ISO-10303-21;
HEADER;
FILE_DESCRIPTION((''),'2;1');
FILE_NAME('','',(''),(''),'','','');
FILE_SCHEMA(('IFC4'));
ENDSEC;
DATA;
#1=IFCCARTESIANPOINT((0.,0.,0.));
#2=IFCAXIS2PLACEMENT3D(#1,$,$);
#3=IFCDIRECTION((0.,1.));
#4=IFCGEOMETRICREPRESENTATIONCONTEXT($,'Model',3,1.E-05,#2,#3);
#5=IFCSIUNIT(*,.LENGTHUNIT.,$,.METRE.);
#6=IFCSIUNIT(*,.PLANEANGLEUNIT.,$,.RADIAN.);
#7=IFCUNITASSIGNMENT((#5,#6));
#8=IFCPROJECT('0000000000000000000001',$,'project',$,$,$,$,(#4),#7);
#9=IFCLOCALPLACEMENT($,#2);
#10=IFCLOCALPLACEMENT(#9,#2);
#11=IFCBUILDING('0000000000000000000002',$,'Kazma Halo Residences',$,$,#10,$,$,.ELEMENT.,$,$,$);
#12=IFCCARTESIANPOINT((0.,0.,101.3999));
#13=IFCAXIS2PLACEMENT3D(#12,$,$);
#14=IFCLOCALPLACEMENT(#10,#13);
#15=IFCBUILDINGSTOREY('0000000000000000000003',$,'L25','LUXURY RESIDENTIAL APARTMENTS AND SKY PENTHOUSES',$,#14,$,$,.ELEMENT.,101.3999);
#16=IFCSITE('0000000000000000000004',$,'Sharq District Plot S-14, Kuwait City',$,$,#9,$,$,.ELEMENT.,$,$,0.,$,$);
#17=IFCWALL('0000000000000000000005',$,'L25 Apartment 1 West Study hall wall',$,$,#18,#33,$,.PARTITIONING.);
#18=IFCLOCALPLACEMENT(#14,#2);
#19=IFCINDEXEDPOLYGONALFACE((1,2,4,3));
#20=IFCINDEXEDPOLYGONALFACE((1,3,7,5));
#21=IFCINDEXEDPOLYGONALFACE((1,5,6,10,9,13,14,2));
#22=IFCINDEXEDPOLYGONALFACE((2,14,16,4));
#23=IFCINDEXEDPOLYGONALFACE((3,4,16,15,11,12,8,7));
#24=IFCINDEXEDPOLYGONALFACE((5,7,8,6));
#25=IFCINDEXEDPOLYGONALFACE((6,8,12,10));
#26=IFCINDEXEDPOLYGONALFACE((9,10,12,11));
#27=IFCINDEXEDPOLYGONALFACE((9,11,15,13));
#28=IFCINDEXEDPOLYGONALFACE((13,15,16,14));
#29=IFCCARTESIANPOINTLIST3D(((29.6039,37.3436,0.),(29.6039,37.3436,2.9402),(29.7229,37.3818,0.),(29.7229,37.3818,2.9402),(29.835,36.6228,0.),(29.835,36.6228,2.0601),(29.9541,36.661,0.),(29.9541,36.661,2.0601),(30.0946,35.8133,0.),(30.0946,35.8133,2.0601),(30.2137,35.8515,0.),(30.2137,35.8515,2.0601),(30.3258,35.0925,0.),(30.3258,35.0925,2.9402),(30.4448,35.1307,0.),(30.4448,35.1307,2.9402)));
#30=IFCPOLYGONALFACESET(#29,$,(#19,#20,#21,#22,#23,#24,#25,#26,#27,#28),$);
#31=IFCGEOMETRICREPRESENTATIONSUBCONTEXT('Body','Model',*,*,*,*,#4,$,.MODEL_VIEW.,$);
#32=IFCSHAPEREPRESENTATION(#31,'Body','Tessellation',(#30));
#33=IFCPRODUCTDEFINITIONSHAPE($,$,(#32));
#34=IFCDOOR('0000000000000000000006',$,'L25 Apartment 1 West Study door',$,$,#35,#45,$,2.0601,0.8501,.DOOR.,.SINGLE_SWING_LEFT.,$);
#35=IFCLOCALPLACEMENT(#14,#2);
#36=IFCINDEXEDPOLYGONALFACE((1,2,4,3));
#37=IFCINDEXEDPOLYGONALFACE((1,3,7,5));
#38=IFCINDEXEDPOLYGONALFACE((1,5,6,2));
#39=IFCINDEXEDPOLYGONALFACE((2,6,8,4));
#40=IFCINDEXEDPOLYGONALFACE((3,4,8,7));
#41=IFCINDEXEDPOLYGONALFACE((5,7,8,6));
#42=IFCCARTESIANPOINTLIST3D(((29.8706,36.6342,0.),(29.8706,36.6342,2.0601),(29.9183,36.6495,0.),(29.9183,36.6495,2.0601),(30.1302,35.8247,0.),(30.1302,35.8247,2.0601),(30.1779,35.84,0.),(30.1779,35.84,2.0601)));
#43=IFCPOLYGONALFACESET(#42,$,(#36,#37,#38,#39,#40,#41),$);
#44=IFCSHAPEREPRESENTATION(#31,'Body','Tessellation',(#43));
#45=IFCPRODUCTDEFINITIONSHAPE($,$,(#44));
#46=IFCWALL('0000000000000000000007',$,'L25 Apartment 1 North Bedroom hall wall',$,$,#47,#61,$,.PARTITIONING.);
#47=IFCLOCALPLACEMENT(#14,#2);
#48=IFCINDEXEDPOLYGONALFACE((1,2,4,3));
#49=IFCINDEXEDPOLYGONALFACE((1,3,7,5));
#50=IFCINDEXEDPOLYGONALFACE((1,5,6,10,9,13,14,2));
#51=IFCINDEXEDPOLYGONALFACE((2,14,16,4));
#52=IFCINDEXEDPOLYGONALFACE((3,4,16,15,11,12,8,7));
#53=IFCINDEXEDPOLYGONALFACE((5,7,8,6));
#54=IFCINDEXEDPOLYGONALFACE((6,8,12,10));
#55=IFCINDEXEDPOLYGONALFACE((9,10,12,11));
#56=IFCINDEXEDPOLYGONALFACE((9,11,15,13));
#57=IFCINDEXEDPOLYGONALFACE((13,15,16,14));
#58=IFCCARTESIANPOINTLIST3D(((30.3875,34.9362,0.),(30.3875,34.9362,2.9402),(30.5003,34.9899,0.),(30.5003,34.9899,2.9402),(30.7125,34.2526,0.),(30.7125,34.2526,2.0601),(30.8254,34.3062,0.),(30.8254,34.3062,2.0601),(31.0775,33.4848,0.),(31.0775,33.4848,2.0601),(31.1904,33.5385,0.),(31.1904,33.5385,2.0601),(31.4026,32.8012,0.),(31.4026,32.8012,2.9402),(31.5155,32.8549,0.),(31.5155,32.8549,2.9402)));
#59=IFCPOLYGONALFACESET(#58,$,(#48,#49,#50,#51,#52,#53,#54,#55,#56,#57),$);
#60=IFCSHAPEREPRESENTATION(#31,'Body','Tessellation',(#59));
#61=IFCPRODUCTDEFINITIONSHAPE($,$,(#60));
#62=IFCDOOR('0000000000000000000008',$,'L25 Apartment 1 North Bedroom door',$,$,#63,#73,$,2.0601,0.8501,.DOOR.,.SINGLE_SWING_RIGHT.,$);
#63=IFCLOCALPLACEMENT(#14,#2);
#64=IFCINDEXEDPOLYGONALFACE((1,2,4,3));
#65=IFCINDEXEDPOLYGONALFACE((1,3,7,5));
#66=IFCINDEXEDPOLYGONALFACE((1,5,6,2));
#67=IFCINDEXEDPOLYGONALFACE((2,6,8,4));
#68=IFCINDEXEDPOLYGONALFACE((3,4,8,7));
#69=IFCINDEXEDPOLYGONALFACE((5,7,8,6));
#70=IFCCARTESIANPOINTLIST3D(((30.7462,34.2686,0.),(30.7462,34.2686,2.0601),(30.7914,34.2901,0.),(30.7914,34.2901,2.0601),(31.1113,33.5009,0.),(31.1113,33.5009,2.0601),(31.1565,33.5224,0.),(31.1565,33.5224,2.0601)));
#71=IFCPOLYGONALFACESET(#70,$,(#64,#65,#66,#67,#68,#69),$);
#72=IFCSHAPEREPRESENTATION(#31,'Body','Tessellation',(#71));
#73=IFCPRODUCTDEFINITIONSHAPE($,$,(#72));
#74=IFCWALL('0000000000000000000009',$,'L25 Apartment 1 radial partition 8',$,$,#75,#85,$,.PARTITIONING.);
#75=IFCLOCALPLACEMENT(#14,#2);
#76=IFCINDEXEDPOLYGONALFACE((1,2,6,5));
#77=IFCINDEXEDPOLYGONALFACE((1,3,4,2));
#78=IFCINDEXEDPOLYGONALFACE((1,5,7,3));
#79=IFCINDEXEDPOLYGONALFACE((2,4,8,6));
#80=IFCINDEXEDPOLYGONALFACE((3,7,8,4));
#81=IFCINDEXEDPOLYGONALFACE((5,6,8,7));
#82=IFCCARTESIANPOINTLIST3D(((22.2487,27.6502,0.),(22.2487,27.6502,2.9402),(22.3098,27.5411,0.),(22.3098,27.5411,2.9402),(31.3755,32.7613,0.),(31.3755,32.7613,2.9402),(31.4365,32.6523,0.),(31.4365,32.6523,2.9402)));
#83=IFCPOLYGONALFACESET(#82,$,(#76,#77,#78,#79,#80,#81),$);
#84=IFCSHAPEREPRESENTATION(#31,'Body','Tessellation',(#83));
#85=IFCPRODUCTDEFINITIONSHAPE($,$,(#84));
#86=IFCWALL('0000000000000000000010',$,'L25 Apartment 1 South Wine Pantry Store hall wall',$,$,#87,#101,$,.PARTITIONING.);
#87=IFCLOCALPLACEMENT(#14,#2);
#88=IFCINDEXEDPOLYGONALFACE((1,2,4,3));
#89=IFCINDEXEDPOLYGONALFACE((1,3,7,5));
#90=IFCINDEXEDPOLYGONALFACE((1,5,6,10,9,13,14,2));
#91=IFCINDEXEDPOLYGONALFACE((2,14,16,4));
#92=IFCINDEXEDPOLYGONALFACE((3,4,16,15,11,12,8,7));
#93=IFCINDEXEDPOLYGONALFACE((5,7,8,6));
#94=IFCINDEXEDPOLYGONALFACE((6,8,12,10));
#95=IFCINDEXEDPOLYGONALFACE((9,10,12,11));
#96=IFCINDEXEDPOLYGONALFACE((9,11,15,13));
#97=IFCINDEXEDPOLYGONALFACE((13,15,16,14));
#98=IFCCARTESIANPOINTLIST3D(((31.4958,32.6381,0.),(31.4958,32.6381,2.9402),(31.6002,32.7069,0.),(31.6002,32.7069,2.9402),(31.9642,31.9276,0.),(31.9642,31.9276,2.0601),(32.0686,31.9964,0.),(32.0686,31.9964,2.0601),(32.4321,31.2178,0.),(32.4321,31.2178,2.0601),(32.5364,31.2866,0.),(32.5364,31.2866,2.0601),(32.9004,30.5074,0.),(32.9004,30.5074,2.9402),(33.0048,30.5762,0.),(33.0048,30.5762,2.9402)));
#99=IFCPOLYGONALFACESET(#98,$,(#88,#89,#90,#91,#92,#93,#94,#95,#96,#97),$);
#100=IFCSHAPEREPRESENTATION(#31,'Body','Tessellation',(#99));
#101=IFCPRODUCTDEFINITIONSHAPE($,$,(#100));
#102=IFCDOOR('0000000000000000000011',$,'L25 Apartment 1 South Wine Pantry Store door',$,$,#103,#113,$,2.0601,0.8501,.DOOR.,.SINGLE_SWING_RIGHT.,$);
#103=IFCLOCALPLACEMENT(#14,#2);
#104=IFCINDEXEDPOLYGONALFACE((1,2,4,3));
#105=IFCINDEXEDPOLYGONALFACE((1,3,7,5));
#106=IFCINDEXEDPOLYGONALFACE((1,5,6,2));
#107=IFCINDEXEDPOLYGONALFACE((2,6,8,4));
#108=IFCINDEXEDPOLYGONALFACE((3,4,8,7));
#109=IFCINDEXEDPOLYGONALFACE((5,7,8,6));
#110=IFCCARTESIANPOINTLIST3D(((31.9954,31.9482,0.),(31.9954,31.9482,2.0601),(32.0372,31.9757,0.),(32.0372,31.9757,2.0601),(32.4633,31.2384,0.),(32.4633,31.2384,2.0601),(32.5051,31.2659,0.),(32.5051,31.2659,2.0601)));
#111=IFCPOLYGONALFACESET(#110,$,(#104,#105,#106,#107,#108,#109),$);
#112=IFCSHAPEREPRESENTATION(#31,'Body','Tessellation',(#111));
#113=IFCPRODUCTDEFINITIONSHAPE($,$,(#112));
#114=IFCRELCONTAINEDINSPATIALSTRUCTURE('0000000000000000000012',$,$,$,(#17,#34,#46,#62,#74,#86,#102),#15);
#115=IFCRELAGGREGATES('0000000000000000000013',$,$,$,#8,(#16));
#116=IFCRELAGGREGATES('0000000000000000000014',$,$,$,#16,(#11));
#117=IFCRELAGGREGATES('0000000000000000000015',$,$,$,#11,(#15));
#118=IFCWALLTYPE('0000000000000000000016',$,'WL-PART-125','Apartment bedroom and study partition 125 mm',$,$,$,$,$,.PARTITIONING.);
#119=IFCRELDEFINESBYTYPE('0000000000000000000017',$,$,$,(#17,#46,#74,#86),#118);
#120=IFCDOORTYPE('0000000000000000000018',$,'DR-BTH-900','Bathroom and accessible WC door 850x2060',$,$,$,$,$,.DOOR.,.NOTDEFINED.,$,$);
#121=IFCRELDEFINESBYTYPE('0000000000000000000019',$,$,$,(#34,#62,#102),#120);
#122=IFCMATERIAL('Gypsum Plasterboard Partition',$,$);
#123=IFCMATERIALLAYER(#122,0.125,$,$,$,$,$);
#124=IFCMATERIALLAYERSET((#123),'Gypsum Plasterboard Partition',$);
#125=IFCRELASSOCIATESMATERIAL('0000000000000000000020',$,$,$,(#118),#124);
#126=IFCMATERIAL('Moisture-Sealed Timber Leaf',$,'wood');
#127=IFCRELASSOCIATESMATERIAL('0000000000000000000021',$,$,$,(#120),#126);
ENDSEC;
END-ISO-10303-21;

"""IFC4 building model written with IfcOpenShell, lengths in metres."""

from ifc_helpers import new_model, si_unit, direction, frame, frame_2d, origin, place, context, subcontext, project, spatial, rectangle, extrude, material, layer, layer_set, type_object, element, fill, save


model = new_model("IFC4")

# Units and contexts
model_context = context("Model", 3, precision=1e-05, world=origin(), true_north=direction((0.0, 1.0)))
body_context = subcontext(model_context, "Body", "Model", "MODEL_VIEW")
ifc_project = project(units=[si_unit("LENGTHUNIT", "METRE"), si_unit("PLANEANGLEUNIT", "RADIAN")], contexts=[model_context])

# Site, building, storey
site_placement = place(None, origin())
site = spatial("IfcSite", under=ifc_project, at=site_placement, Name="Sharq District Plot S-14, Kuwait City", CompositionType="ELEMENT", RefElevation=0.0)
building_placement = place(site_placement, origin())
building = spatial("IfcBuilding", under=site, at=building_placement, Name="Kazma Halo Residences", CompositionType="ELEMENT")
storey_placement = place(building_placement, frame((0.0, 0.0, 101.3999)))
storey = spatial("IfcBuildingStorey", under=building, at=storey_placement, Name="L25", Description="LUXURY RESIDENTIAL APARTMENTS AND SKY PENTHOUSES", CompositionType="ELEMENT", Elevation=101.3999)

# Shared definitions
ifc_material_1 = material(Name="Gypsum Plasterboard Partition")
ifc_layer_1 = layer(ifc_material_1, 0.125)
ifc_layer_set_1 = layer_set([ifc_layer_1], Name="Gypsum Plasterboard Partition")
wall_type_1 = type_object("IfcWallType", Name="WL-PART-125", Description="Apartment bedroom and study partition 125 mm", PredefinedType="PARTITIONING", material=ifc_layer_set_1)

# Walls, openings, doors
ifc_material_2 = material(Name="Moisture-Sealed Timber Leaf", Category="wood")
door_type = type_object("IfcDoorType", Name="DR-BTH-900", Description="Bathroom and accessible WC door 850x2060", OperationType="NOTDEFINED", PredefinedType="DOOR", material=ifc_material_2)
wall_1_placement = place(storey_placement, frame((29.6633, 37.3628, 0.0), z_axis=(0.0, 0.0, 1.0), x_axis=(0.305394, -0.952226, 0.0)))
wall_1 = element("IfcWall", 1, at=wall_1_placement, inside=storey, type_object=wall_type_1, Name="L25 Apartment 1 West Study hall wall", PredefinedType="PARTITIONING", context=body_context, shape_type="SweptSolid", body=[
    extrude(rectangle(XDim=2.364, YDim=0.125, at=frame_2d((1.1821, 0.0))), origin(), (0.0, 0.0, 1.0), 2.9402),
])
opening_1_placement = place(wall_1_placement, frame((0.7571, 0.0, 0.0)))
opening_1 = element("IfcOpeningElement", 2, at=opening_1_placement, cuts=wall_1, PredefinedType="OPENING", context=body_context, shape_type="SweptSolid", body=[
    extrude(rectangle(XDim=0.8501, YDim=2.0601, at=frame_2d((0.425, 1.03))), frame((0.0, 0.0725, 0.0), z_axis=(0.0, -1.0, 0.0), x_axis=(1.0, 0.0, 0.0)), (0.0, 0.0, 1.0), 0.145),
])
door_1_placement = place(opening_1_placement, origin())
door_1 = element("IfcDoor", 3, at=door_1_placement, inside=storey, type_object=door_type, Name="L25 Apartment 1 West Study door", OperationType="SINGLE_SWING_LEFT", OverallHeight=2.0601, OverallWidth=0.8501, PredefinedType="DOOR", context=body_context, shape_type="SweptSolid", body=[
    extrude(rectangle(XDim=0.8501, YDim=2.0601, at=frame_2d((0.425, 1.03))), frame((0.0, 0.0249, 0.0), z_axis=(0.0, -1.0, 0.0), x_axis=(1.0, 0.0, 0.0)), (0.0, 0.0, 1.0), 0.05),
])
fill(opening_1, door_1)
wall_2_placement = place(storey_placement, frame((30.4438, 34.9631, 0.0), z_axis=(0.0, 0.0, 1.0), x_axis=(0.429404, -0.903112, 0.0)))
wall_2 = element("IfcWall", 4, at=wall_2_placement, inside=storey, type_object=wall_type_1, Name="L25 Apartment 1 North Bedroom hall wall", PredefinedType="PARTITIONING", context=body_context, shape_type="SweptSolid", body=[
    extrude(rectangle(XDim=2.364, YDim=0.125, at=frame_2d((1.1821, 0.0))), origin(), (0.0, 0.0, 1.0), 2.9402),
])
opening_2_placement = place(wall_2_placement, frame((0.7571, 0.0, 0.0)))
opening_2 = element("IfcOpeningElement", 5, at=opening_2_placement, cuts=wall_2, PredefinedType="OPENING", context=body_context, shape_type="SweptSolid", body=[
    extrude(rectangle(XDim=0.8501, YDim=2.0601, at=frame_2d((0.425, 1.03))), frame((0.0, 0.0725, 0.0), z_axis=(0.0, -1.0, 0.0), x_axis=(1.0, 0.0, 0.0)), (0.0, 0.0, 1.0), 0.145),
])
door_2_placement = place(opening_2_placement, origin())
door_2 = element("IfcDoor", 6, at=door_2_placement, inside=storey, type_object=door_type, Name="L25 Apartment 1 North Bedroom door", OperationType="SINGLE_SWING_RIGHT", OverallHeight=2.0601, OverallWidth=0.8501, PredefinedType="DOOR", context=body_context, shape_type="SweptSolid", body=[
    extrude(rectangle(XDim=0.8501, YDim=2.0601, at=frame_2d((0.425, 1.03))), frame((0.0, 0.0249, 0.0), z_axis=(0.0, -1.0, 0.0), x_axis=(1.0, 0.0, 0.0)), (0.0, 0.0, 1.0), 0.05),
])
fill(opening_2, door_2)

# Wall
wall_3_placement = place(storey_placement, frame((31.406, 32.7068, 0.0), z_axis=(0.0, 0.0, 1.0), x_axis=(-0.872501, -0.488613, 0.0)))
element("IfcWall", 7, at=wall_3_placement, inside=storey, type_object=wall_type_1, Name="L25 Apartment 1 radial partition 8", PredefinedType="PARTITIONING", context=body_context, shape_type="SweptSolid", body=[
    extrude(rectangle(XDim=10.4604, YDim=0.125, at=frame_2d((5.2302, 0.0))), origin(), (0.0, 0.0, 1.0), 2.9402),
])

# Wall, opening, door
wall_4_placement = place(storey_placement, frame((31.5481, 32.6724, 0.0), z_axis=(0.0, 0.0, 1.0), x_axis=(0.550388, -0.834909, 0.0)))
wall_4 = element("IfcWall", 8, at=wall_4_placement, inside=storey, type_object=wall_type_1, Name="L25 Apartment 1 South Wine Pantry Store hall wall", PredefinedType="PARTITIONING", context=body_context, shape_type="SweptSolid", body=[
    extrude(rectangle(XDim=2.552, YDim=0.125, at=frame_2d((1.2759, 0.0))), origin(), (0.0, 0.0, 1.0), 2.9402),
])
opening_3_placement = place(wall_4_placement, frame((0.8508, 0.0, 0.0)))
opening_3 = element("IfcOpeningElement", 9, at=opening_3_placement, cuts=wall_4, PredefinedType="OPENING", context=body_context, shape_type="SweptSolid", body=[
    extrude(rectangle(XDim=0.8501, YDim=2.0601, at=frame_2d((0.425, 1.03))), frame((0.0, 0.0725, 0.0), z_axis=(0.0, -1.0, 0.0), x_axis=(1.0, 0.0, 0.0)), (0.0, 0.0, 1.0), 0.145),
])
door_3_placement = place(opening_3_placement, origin())
door_3 = element("IfcDoor", 10, at=door_3_placement, inside=storey, type_object=door_type, Name="L25 Apartment 1 South Wine Pantry Store door", OperationType="SINGLE_SWING_RIGHT", OverallHeight=2.0601, OverallWidth=0.8501, PredefinedType="DOOR", context=body_context, shape_type="SweptSolid", body=[
    extrude(rectangle(XDim=0.8501, YDim=2.0601, at=frame_2d((0.425, 1.03))), frame((0.0, 0.0249, 0.0), z_axis=(0.0, -1.0, 0.0), x_axis=(1.0, 0.0, 0.0)), (0.0, 0.0, 1.0), 0.05),
])
fill(opening_3, door_3)

save(model, "model.ifc")
